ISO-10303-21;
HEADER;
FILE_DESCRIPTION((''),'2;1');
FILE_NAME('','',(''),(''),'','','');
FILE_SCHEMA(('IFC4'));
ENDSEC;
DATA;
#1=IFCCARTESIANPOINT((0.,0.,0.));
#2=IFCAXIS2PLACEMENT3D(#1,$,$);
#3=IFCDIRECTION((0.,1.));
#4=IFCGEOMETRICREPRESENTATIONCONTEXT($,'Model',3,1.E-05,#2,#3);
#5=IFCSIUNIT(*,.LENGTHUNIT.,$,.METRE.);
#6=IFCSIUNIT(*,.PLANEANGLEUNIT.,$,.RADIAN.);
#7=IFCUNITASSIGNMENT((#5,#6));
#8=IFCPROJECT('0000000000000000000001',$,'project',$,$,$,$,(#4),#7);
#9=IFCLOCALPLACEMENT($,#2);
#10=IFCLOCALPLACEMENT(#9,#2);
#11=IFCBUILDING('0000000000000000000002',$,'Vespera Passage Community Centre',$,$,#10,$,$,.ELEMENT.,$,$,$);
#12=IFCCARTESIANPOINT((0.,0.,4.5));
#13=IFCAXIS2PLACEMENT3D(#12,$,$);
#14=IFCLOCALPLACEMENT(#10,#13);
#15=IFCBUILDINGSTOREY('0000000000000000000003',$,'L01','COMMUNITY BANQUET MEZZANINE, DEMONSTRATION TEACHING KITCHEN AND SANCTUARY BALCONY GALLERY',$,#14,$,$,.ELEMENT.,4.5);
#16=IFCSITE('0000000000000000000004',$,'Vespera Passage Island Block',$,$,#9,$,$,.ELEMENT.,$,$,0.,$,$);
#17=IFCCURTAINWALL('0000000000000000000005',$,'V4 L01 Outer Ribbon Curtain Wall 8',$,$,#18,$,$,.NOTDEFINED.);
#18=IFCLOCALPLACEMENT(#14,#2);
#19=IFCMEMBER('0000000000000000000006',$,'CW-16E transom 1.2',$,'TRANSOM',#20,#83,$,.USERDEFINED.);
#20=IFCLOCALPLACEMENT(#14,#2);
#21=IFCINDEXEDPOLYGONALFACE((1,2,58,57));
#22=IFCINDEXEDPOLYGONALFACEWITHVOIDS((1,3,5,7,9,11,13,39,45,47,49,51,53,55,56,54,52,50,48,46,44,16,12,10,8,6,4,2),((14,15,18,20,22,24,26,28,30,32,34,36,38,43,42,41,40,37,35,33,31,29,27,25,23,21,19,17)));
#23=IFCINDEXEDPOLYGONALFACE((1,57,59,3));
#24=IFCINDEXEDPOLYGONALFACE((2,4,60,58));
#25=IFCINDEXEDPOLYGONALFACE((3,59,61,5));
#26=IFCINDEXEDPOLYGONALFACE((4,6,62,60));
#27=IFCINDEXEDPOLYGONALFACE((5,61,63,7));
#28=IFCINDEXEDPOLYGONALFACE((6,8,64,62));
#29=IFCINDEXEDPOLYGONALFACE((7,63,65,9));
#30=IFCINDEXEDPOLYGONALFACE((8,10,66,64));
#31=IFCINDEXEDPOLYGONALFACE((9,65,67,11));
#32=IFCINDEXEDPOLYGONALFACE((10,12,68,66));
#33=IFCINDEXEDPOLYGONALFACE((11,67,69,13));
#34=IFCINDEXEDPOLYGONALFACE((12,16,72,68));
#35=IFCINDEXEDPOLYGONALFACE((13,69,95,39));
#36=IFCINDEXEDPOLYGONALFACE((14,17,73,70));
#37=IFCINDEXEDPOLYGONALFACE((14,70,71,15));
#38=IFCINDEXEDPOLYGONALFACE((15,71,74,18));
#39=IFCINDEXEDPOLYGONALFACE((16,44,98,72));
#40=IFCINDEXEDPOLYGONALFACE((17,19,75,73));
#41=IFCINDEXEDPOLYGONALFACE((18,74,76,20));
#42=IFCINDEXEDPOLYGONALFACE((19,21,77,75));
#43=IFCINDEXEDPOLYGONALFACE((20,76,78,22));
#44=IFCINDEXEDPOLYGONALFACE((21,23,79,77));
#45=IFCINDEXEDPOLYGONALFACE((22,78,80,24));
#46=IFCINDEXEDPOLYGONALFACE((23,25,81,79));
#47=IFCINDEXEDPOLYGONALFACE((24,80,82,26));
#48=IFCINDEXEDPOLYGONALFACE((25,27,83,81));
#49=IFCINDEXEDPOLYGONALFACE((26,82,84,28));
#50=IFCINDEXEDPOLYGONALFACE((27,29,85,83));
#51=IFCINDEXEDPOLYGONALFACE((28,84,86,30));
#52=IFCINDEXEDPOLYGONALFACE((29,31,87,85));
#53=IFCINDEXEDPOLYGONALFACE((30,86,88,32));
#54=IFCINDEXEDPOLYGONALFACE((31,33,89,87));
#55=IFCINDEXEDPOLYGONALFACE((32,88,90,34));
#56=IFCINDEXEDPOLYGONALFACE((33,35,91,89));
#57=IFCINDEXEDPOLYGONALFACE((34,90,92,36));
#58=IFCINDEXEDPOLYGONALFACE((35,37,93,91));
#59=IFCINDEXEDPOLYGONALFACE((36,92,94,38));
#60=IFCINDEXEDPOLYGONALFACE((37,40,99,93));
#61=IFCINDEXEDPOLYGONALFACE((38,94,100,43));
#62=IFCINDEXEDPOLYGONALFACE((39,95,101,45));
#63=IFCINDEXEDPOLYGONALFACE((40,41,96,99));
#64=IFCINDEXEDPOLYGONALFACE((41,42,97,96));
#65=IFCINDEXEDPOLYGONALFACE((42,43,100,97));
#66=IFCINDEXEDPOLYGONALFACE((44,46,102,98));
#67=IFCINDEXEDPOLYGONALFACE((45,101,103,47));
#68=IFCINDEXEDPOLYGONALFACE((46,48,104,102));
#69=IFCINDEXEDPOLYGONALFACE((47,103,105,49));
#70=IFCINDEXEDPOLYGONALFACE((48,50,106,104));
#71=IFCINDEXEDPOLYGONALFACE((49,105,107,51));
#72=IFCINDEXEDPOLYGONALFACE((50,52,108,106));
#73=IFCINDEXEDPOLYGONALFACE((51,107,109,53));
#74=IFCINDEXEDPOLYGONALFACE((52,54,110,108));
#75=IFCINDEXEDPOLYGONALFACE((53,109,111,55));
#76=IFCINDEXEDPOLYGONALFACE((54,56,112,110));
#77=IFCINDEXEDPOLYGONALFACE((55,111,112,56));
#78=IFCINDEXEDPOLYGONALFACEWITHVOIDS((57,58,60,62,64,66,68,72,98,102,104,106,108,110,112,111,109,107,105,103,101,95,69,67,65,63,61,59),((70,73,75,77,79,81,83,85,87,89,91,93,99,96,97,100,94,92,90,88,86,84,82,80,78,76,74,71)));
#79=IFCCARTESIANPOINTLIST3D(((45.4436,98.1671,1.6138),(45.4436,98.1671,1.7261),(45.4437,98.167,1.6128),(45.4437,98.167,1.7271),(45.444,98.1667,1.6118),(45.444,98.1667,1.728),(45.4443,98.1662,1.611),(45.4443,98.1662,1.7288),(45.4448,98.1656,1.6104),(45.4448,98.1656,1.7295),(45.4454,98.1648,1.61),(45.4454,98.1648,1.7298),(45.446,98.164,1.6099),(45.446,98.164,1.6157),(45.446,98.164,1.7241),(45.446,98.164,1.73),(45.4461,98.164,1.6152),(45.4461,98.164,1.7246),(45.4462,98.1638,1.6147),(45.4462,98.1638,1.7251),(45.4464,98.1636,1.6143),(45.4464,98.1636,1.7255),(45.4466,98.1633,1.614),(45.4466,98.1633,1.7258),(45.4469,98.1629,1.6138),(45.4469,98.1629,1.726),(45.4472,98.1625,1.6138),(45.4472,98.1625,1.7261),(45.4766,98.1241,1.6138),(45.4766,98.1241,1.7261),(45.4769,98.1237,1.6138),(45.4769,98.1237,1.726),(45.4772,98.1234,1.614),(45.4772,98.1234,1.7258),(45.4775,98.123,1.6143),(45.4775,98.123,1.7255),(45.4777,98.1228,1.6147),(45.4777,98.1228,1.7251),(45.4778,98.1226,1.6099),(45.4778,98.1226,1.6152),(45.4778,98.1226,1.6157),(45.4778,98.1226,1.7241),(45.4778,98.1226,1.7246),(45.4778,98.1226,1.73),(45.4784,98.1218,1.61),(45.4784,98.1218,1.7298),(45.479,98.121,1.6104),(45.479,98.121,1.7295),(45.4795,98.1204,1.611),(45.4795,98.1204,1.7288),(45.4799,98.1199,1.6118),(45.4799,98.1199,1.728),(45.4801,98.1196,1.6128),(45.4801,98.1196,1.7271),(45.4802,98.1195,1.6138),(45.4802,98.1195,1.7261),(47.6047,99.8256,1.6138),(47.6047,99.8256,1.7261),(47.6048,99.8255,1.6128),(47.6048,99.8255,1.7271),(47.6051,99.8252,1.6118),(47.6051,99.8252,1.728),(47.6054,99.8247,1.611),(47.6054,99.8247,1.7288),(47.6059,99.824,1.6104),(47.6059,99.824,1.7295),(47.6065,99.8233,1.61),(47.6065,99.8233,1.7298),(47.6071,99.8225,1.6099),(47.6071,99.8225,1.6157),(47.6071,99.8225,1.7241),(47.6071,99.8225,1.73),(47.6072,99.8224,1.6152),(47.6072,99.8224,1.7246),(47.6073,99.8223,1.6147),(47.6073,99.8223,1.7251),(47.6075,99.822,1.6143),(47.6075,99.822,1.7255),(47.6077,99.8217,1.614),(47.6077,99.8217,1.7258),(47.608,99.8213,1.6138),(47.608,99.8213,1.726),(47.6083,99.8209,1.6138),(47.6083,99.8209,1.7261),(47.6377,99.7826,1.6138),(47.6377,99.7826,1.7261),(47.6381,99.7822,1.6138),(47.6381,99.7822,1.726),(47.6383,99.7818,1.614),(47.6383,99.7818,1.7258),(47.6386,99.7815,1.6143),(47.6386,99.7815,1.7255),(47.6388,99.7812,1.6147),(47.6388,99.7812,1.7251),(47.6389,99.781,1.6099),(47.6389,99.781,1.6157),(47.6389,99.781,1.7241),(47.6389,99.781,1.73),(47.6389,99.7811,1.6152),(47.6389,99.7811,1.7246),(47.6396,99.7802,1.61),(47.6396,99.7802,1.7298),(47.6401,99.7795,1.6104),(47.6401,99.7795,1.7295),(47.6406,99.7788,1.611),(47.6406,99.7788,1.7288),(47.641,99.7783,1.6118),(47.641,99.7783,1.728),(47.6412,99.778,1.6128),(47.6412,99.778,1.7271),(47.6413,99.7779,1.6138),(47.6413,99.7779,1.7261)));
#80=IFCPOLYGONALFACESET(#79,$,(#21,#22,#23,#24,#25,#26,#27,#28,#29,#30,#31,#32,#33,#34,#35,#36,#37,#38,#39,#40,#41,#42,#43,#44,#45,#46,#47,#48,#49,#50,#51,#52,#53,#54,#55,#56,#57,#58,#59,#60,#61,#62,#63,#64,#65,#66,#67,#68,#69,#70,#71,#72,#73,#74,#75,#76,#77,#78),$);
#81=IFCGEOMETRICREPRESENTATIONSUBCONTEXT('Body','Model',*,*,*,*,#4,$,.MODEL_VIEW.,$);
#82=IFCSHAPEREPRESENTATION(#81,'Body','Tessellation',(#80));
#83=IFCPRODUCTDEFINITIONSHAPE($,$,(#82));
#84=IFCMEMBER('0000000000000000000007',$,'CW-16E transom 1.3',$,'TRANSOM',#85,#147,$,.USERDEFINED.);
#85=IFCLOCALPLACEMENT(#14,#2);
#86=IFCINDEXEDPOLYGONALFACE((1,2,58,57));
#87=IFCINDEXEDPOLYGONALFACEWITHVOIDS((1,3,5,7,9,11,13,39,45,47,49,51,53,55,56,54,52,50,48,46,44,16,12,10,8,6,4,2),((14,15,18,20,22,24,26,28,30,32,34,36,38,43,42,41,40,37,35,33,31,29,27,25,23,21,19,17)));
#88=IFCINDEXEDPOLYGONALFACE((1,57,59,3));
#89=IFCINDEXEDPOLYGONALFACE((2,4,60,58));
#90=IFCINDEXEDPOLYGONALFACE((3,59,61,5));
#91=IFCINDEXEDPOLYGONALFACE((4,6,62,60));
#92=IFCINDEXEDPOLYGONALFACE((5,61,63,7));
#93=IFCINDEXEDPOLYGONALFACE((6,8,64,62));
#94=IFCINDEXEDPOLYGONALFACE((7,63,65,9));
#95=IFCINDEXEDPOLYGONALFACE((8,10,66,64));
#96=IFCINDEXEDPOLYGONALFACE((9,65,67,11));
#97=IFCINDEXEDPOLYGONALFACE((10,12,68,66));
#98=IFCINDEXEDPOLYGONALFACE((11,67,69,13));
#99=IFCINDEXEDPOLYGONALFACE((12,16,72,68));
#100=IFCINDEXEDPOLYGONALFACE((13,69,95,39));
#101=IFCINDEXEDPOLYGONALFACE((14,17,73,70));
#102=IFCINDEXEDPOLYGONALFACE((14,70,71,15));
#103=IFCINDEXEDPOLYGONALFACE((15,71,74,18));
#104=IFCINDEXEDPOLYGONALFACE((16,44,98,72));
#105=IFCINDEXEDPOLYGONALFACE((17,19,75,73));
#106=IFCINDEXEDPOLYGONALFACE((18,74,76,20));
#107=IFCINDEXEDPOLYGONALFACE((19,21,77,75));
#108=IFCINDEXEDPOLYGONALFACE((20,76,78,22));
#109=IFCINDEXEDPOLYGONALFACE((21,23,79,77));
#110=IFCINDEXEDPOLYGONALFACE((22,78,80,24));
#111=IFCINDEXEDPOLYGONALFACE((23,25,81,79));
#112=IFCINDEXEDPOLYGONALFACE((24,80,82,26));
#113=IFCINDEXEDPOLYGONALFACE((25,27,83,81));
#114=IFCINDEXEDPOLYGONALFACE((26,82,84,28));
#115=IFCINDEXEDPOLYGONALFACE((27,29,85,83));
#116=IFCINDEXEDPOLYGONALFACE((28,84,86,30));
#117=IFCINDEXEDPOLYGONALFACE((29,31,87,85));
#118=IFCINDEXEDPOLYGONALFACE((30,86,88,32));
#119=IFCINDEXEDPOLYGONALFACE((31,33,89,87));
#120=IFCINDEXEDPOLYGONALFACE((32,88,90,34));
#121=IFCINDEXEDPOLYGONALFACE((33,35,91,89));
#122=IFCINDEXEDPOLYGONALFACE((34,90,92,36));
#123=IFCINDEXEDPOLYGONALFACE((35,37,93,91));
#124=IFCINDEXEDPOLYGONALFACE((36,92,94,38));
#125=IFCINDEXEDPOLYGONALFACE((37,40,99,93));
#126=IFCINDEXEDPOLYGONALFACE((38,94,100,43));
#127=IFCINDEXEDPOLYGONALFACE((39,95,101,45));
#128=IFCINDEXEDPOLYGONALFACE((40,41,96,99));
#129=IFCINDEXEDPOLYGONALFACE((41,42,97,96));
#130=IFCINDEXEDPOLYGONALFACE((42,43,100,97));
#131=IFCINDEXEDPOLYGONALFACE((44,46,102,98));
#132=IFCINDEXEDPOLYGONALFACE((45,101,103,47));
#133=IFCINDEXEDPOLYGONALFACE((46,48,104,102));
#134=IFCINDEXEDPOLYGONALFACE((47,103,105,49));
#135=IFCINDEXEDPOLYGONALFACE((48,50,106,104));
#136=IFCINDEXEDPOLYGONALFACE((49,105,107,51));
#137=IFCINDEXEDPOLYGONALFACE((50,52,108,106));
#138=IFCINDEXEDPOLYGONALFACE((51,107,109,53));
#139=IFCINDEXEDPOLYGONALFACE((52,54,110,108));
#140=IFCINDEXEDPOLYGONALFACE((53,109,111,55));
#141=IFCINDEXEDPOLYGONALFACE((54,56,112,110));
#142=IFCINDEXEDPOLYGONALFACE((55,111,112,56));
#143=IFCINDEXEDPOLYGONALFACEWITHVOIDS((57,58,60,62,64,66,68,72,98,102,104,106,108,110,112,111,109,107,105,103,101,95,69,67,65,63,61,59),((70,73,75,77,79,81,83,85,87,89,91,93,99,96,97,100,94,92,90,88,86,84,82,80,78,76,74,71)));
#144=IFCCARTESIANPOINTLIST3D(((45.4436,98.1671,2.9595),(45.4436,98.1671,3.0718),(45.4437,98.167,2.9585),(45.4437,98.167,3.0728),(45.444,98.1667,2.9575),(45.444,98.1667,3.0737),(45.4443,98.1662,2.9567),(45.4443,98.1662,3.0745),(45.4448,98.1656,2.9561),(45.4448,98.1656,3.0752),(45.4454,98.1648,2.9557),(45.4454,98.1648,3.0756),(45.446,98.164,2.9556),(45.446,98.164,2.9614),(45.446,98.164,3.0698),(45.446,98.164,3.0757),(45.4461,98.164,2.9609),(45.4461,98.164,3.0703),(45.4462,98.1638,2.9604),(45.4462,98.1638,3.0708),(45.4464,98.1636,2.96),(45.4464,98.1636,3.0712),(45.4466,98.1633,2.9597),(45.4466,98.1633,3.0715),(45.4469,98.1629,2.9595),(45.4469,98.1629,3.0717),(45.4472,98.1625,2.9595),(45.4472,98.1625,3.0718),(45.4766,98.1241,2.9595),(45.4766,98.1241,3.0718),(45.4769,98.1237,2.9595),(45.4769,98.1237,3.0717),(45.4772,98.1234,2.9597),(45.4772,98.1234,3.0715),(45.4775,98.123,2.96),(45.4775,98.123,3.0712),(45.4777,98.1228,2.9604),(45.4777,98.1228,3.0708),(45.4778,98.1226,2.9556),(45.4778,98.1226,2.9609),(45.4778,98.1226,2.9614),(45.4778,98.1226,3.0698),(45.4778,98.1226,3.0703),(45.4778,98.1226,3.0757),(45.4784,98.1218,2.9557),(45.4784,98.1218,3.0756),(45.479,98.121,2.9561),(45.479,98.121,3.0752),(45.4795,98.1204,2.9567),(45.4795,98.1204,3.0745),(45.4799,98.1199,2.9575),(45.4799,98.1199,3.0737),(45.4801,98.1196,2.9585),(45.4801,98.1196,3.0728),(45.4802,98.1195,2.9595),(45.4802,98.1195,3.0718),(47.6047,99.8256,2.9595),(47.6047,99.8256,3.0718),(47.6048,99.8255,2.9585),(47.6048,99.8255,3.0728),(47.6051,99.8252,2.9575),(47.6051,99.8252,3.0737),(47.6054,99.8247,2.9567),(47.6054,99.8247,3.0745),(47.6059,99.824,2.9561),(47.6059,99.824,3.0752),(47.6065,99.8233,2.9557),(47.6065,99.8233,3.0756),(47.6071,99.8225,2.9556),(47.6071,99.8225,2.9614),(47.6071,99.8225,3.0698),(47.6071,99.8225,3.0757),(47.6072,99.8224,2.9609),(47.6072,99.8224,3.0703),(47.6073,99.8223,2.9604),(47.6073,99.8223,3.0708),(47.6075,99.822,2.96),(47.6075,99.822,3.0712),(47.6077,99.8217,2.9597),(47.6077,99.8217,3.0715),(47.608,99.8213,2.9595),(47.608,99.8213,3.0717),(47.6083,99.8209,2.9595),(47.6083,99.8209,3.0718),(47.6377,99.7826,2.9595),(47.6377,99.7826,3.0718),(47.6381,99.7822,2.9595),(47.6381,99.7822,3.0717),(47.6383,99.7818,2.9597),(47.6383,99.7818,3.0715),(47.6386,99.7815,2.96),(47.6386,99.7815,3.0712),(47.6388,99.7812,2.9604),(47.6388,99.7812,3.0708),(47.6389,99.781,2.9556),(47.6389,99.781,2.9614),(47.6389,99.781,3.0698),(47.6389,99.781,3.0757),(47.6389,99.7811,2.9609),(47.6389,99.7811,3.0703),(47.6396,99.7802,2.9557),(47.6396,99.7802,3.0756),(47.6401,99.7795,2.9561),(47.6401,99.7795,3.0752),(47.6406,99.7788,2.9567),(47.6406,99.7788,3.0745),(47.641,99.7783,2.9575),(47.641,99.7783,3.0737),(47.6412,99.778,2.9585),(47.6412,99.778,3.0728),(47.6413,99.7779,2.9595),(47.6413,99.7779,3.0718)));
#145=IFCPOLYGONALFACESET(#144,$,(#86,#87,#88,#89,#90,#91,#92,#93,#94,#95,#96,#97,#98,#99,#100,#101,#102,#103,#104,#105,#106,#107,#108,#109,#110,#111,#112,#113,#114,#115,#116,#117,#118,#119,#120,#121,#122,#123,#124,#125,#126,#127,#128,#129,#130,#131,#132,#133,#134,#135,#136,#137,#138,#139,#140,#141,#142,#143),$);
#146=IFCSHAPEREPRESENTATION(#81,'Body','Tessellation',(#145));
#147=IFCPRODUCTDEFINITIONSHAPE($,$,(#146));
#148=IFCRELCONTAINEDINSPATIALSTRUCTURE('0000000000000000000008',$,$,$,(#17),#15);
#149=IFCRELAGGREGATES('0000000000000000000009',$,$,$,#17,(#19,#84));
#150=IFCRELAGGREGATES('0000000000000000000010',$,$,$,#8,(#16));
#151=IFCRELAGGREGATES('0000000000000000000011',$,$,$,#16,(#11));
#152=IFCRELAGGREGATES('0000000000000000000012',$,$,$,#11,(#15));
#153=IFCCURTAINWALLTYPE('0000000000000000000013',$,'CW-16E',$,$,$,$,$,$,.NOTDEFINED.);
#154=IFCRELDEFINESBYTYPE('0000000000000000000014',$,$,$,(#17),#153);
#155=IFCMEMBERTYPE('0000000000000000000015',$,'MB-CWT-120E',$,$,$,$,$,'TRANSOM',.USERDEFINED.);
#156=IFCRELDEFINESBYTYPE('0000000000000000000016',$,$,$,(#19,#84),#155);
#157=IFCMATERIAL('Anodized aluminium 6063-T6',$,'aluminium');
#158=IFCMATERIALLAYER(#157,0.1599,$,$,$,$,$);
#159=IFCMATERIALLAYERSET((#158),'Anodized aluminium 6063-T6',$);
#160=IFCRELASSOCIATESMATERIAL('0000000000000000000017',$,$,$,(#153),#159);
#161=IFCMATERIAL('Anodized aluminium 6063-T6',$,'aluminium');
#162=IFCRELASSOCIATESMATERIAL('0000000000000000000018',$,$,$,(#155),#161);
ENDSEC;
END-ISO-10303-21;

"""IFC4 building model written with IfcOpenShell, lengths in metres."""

from ifc_helpers import new_model, si_unit, direction, frame, origin, origin_2d, place, context, subcontext, project, spatial, hollow_rectangle, extrude, material, layer, layer_set, material_profile, profile_set, type_object, element, aggregate, save


model = new_model("IFC4")

# Units and contexts
model_context = context("Model", 3, precision=1e-05, world=origin(), true_north=direction((0.0, 1.0)))
body_context = subcontext(model_context, "Body", "Model", "MODEL_VIEW")
ifc_project = project(units=[si_unit("LENGTHUNIT", "METRE"), si_unit("PLANEANGLEUNIT", "RADIAN")], contexts=[model_context])

# Site, building, storey
site_placement = place(None, origin())
site = spatial("IfcSite", under=ifc_project, at=site_placement, Name="Vespera Passage Island Block", CompositionType="ELEMENT", RefElevation=0.0)
building_placement = place(site_placement, origin())
building = spatial("IfcBuilding", under=site, at=building_placement, Name="Vespera Passage Community Centre", CompositionType="ELEMENT")
storey_placement = place(building_placement, frame((0.0, 0.0, 4.5)))
storey = spatial("IfcBuildingStorey", under=building, at=storey_placement, Name="L01", Description="COMMUNITY BANQUET MEZZANINE, DEMONSTRATION TEACHING KITCHEN AND SANCTUARY BALCONY GALLERY", CompositionType="ELEMENT", Elevation=4.5)

# Curtain wall
ifc_material_1 = material(Name="Anodized aluminium 6063-T6", Category="aluminium")
ifc_layer_1 = layer(ifc_material_1, 0.1599)
ifc_layer_set_1 = layer_set([ifc_layer_1], Name="Anodized aluminium 6063-T6")
curtain_wall_type_1 = type_object("IfcCurtainWallType", Name="CW-16E", PredefinedType="NOTDEFINED", material=ifc_layer_set_1)
curtain_wall_1_placement = place(storey_placement, origin())
curtain_wall_1 = element("IfcCurtainWall", 1, at=curtain_wall_1_placement, inside=storey, type_object=curtain_wall_type_1, Name="V4 L01 Outer Ribbon Curtain Wall 8", PredefinedType="NOTDEFINED")

# Members
ifc_material_2 = material(Name="Anodized aluminium 6063-T6", Category="aluminium")
ifc_material_profile_1 = material_profile(ifc_material_2, hollow_rectangle(XDim=0.0601, YDim=0.1201, WallThickness=0.0039, InnerFilletRadius=0.002, OuterFilletRadius=0.0039, at=origin_2d()), Name="ALU120X60X4")
ifc_profile_set_1 = profile_set([ifc_material_profile_1], Name="Anodized aluminium 6063-T6")
member_type_1 = type_object("IfcMemberType", Name="MB-CWT-120E", ElementType="TRANSOM", PredefinedType="USERDEFINED", material=ifc_profile_set_1)
member_1_placement = place(storey_placement, frame((45.4619, 98.1433, 1.6699), z_axis=(0.793326, 0.608796, 0.0), x_axis=(-0.608796, 0.793326, 0.0)))
member_1 = element("IfcMember", 2, at=member_1_placement, type_object=member_type_1, Name="CW-16E transom 1.2", ObjectType="TRANSOM", PredefinedType="USERDEFINED", context=body_context, shape_type="SweptSolid", body=[
    extrude(hollow_rectangle(XDim=0.0601, YDim=0.1201, WallThickness=0.0039, InnerFilletRadius=0.002, OuterFilletRadius=0.0039, at=origin_2d()), origin(), (0.0, 0.0, 1.0), 2.7241),
])
member_2_placement = place(storey_placement, frame((45.4619, 98.1433, 3.0156), z_axis=(0.793326, 0.608796, 0.0), x_axis=(-0.608796, 0.793326, 0.0)))
member_2 = element("IfcMember", 3, at=member_2_placement, type_object=member_type_1, Name="CW-16E transom 1.3", ObjectType="TRANSOM", PredefinedType="USERDEFINED", context=body_context, shape_type="SweptSolid", body=[
    extrude(hollow_rectangle(XDim=0.0601, YDim=0.1201, WallThickness=0.0039, InnerFilletRadius=0.002, OuterFilletRadius=0.0039, at=origin_2d()), origin(), (0.0, 0.0, 1.0), 2.7241),
])

aggregate(curtain_wall_1, [member_1, member_2])

save(model, "model.ifc")
